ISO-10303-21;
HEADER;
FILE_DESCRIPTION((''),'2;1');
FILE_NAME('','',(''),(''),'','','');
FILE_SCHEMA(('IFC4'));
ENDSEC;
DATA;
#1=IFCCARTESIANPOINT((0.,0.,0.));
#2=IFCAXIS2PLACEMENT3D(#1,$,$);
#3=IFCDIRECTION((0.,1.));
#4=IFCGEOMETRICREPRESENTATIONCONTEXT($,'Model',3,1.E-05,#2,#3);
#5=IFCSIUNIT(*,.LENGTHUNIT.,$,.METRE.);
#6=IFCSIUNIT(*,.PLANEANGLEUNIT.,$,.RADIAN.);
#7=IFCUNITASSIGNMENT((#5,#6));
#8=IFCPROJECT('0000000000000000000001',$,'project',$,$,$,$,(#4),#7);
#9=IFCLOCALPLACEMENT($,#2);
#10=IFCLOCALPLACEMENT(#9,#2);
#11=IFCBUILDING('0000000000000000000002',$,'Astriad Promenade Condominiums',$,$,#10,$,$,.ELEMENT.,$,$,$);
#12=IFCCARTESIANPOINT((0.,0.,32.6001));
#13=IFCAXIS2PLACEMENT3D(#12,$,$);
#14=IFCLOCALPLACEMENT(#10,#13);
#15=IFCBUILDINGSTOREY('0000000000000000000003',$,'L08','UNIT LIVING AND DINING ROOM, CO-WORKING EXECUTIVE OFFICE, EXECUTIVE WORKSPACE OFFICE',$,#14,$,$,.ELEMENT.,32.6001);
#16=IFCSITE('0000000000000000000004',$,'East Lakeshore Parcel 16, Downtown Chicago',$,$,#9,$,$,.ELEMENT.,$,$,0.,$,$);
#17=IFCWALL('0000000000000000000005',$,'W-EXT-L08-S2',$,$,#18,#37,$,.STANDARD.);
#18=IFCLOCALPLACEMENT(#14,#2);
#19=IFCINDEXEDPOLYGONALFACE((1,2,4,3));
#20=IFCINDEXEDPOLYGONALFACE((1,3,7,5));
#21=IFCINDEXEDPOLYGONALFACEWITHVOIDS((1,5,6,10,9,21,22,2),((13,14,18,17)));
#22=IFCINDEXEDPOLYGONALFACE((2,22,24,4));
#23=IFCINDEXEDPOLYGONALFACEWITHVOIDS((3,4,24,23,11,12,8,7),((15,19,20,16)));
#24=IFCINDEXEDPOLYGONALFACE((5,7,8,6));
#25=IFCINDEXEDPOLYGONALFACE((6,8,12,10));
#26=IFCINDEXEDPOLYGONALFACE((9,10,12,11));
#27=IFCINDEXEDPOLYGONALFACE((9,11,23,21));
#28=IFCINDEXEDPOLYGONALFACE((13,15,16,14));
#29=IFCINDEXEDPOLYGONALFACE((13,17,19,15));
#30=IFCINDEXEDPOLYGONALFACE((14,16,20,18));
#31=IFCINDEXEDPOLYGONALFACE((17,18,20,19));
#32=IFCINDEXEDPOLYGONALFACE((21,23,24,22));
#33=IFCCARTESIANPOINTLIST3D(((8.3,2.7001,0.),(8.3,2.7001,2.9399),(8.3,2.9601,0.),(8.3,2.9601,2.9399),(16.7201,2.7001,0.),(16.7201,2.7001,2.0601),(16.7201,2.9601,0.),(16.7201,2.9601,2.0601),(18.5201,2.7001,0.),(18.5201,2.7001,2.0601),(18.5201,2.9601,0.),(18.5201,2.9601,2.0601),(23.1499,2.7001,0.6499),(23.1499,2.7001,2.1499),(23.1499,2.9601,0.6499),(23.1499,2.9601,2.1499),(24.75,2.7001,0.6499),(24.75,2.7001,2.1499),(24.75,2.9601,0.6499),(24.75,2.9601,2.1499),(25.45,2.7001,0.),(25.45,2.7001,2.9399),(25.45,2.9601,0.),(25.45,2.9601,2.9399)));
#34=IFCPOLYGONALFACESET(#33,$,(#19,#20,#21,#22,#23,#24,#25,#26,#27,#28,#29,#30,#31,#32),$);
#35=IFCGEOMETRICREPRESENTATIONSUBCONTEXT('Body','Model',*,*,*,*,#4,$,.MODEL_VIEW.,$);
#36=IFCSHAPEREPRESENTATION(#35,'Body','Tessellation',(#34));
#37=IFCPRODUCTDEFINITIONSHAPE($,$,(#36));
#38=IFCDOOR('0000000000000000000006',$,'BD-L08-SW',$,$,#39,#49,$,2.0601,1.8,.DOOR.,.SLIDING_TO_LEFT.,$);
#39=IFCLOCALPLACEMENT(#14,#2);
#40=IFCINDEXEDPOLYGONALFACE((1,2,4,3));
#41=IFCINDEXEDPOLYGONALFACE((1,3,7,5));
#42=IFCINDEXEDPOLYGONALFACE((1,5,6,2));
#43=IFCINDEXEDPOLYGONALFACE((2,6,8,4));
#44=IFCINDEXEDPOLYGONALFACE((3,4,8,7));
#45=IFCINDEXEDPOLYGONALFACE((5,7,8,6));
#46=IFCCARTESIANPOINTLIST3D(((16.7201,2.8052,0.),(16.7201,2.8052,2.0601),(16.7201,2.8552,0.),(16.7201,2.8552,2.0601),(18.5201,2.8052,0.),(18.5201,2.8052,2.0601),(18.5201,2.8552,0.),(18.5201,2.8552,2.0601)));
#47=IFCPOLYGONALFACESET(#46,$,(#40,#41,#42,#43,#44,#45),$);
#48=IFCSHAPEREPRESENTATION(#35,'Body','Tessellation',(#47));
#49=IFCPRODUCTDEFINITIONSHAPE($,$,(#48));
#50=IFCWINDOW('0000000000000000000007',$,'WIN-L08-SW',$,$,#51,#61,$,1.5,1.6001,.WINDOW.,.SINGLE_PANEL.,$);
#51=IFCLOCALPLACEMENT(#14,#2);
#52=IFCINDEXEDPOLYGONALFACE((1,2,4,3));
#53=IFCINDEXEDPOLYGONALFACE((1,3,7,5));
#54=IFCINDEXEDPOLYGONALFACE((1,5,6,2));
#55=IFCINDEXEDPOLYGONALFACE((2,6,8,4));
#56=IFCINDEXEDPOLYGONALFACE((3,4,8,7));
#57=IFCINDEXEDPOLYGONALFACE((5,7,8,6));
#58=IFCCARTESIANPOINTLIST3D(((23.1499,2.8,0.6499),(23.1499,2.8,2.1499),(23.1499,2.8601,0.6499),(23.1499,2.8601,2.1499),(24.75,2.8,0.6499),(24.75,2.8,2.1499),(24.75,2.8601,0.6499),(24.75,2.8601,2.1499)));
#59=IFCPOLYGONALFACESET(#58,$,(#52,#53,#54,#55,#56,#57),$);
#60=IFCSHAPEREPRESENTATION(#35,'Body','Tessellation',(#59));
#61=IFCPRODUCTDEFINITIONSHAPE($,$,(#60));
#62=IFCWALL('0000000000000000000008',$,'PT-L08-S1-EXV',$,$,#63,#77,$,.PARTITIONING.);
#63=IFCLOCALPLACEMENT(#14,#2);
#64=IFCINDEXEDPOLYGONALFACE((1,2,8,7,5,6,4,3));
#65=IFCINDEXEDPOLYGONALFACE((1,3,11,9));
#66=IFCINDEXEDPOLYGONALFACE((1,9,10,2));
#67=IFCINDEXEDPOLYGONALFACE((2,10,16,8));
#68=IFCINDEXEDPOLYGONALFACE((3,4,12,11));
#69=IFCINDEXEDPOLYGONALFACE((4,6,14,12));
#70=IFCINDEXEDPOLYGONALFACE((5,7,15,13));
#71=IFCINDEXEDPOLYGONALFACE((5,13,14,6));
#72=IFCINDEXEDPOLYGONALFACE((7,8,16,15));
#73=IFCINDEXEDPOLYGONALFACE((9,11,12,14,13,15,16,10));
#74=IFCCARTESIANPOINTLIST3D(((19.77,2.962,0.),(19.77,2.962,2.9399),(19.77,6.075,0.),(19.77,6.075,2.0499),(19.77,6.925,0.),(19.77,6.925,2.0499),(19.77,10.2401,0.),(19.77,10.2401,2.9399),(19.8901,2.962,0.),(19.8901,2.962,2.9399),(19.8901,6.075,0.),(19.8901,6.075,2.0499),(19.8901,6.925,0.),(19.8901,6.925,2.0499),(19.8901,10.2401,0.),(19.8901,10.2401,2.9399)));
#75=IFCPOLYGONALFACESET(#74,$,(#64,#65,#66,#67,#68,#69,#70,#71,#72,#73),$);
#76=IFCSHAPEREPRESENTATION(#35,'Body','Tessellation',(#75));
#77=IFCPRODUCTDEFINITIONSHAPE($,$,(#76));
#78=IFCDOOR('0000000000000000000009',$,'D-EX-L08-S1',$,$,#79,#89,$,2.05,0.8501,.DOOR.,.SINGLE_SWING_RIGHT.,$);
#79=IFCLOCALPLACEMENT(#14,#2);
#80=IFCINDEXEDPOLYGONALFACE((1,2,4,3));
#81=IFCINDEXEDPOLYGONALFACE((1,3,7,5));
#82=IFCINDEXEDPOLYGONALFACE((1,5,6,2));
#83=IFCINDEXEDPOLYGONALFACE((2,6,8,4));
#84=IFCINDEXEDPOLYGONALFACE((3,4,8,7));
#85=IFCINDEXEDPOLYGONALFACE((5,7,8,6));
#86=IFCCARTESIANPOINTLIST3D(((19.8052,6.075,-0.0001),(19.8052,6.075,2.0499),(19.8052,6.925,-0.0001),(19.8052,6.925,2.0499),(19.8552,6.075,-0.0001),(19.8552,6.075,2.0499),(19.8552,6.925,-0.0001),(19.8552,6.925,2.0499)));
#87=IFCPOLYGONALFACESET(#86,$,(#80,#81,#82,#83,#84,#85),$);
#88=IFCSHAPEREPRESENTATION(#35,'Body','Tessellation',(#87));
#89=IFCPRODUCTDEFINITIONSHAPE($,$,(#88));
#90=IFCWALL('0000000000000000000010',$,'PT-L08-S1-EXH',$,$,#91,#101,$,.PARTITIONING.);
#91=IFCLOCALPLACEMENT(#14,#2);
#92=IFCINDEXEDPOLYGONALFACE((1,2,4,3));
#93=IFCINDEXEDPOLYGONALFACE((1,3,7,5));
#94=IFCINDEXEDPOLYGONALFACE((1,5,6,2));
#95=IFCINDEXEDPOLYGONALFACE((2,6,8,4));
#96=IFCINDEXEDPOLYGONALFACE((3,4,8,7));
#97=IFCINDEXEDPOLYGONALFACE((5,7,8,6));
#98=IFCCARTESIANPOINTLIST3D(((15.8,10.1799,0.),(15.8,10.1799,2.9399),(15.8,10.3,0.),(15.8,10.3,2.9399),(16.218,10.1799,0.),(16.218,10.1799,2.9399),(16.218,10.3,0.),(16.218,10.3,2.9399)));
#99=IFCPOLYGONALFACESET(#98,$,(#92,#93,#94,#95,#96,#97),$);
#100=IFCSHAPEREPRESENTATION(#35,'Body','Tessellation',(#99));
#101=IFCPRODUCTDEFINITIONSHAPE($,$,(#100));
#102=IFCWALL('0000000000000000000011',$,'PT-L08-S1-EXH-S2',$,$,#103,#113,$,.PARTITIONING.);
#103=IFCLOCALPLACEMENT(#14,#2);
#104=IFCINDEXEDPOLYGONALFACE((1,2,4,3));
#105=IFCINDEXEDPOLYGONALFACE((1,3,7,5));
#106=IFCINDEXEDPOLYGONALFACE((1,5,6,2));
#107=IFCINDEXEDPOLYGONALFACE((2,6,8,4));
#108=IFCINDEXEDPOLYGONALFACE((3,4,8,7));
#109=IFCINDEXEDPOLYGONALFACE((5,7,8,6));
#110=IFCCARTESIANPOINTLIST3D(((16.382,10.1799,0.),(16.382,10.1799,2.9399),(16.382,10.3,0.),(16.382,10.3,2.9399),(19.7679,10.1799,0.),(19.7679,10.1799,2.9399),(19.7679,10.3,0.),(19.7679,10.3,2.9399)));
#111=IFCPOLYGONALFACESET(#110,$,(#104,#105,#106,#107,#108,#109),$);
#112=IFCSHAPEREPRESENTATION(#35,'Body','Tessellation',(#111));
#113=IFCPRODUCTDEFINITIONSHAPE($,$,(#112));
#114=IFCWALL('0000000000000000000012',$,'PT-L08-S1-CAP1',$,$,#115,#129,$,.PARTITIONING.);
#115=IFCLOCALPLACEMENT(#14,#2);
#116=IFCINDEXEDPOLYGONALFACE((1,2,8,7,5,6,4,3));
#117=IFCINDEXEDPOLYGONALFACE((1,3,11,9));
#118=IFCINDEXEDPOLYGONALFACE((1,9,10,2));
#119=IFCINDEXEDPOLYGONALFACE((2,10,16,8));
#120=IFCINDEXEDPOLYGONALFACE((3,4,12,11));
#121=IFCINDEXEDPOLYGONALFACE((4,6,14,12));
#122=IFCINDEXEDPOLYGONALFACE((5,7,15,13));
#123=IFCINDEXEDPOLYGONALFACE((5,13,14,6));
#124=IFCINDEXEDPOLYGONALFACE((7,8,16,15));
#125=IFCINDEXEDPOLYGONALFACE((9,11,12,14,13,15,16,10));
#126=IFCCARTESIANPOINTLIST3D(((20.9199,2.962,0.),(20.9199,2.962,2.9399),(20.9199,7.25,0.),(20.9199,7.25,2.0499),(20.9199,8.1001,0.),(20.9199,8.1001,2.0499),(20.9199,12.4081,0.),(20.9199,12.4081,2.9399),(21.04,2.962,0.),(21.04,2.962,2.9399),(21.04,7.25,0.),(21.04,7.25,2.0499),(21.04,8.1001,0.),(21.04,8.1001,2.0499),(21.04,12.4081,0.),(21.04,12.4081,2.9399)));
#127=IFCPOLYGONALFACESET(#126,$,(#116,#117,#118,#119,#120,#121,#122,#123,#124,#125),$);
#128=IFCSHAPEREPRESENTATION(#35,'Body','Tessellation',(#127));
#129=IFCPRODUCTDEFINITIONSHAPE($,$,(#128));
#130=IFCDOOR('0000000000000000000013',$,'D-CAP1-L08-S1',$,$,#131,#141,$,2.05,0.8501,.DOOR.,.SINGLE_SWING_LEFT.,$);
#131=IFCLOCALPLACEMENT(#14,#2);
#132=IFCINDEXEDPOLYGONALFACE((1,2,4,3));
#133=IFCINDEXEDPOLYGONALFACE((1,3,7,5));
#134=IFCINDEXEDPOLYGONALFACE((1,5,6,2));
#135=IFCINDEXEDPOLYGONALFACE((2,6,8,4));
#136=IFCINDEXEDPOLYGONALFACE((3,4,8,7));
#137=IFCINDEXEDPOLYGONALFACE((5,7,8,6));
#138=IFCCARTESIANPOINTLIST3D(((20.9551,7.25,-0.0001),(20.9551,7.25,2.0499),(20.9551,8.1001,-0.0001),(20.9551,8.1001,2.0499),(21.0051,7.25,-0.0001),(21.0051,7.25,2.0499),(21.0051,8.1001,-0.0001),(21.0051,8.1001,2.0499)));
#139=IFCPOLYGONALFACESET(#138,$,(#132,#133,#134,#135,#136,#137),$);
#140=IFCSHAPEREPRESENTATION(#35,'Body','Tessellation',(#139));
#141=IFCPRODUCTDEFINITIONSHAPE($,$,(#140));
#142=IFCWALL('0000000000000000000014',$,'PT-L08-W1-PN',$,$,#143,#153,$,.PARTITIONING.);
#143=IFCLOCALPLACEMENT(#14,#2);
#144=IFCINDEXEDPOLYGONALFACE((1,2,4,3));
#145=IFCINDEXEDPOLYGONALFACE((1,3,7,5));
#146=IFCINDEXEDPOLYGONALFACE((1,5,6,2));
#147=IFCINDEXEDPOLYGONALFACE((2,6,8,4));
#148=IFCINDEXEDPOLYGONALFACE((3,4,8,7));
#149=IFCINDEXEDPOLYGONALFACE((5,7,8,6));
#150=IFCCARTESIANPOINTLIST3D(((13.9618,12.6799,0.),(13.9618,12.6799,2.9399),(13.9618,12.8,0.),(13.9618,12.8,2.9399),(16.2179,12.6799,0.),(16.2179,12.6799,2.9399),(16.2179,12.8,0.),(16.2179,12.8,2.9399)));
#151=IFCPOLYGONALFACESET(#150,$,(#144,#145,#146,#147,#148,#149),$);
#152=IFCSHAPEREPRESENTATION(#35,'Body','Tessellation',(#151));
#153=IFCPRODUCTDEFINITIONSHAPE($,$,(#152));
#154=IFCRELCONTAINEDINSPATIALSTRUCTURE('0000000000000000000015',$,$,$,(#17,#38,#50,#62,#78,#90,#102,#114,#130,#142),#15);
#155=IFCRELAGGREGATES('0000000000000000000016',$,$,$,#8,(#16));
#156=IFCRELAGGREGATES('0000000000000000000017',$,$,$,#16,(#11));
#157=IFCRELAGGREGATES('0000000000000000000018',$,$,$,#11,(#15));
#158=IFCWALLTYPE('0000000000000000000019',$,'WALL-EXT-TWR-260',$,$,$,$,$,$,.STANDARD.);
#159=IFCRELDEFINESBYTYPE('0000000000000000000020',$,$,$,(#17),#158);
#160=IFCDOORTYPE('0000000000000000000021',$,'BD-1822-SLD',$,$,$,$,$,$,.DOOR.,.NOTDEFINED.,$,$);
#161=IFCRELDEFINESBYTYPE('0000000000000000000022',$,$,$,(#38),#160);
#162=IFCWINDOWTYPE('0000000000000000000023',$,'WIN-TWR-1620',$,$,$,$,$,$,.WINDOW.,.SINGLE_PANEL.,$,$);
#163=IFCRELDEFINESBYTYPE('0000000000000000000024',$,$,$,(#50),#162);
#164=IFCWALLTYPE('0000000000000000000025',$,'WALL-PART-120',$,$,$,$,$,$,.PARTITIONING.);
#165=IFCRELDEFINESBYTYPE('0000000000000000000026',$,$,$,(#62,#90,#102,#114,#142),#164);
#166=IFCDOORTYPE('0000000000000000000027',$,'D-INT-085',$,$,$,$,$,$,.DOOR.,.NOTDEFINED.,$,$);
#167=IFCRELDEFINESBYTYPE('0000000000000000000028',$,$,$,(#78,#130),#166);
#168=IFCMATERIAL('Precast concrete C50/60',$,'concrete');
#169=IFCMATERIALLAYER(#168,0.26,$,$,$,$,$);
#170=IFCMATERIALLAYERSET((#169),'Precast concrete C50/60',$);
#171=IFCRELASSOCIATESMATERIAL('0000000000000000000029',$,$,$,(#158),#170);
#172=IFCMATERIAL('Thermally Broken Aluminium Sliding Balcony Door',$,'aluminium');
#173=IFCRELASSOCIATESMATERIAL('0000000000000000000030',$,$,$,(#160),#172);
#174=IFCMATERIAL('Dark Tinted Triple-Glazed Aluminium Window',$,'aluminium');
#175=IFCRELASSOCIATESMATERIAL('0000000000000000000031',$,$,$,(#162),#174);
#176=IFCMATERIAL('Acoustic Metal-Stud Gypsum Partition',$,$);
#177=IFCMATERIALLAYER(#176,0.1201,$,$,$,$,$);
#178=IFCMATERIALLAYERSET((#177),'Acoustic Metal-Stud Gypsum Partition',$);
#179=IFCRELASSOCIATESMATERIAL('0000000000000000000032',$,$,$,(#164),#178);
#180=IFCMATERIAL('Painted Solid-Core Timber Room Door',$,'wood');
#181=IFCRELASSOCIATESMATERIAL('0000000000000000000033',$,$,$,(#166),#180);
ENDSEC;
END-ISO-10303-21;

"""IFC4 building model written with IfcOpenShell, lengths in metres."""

from ifc_helpers import new_model, si_unit, direction, frame, frame_2d, origin, place, context, subcontext, project, spatial, rectangle, extrude, source, transform, mapped, material, layer, layer_set, type_object, type_shapes, element, fill, save


model = new_model("IFC4")

# Units and contexts
model_context = context("Model", 3, precision=1e-05, world=origin(), true_north=direction((0.0, 1.0)))
body_context = subcontext(model_context, "Body", "Model", "MODEL_VIEW")
ifc_project = project(units=[si_unit("LENGTHUNIT", "METRE"), si_unit("PLANEANGLEUNIT", "RADIAN")], contexts=[model_context])

# Site, building, storey
site_placement = place(None, origin())
site = spatial("IfcSite", under=ifc_project, at=site_placement, Name="East Lakeshore Parcel 16, Downtown Chicago", CompositionType="ELEMENT", RefElevation=0.0)
building_placement = place(site_placement, origin())
building = spatial("IfcBuilding", under=site, at=building_placement, Name="Astriad Promenade Condominiums", CompositionType="ELEMENT")
storey_placement = place(building_placement, frame((0.0, 0.0, 32.6001)))
storey = spatial("IfcBuildingStorey", under=building, at=storey_placement, Name="L08", Description="UNIT LIVING AND DINING ROOM, CO-WORKING EXECUTIVE OFFICE, EXECUTIVE WORKSPACE OFFICE", CompositionType="ELEMENT", Elevation=32.6001)

# Wall, openings, door, window
ifc_material_1 = material(Name="Precast concrete C50/60", Category="concrete")
ifc_layer_1 = layer(ifc_material_1, 0.26)
ifc_layer_set_1 = layer_set([ifc_layer_1], Name="Precast concrete C50/60")
wall_type_1 = type_object("IfcWallType", Name="WALL-EXT-TWR-260", PredefinedType="STANDARD", material=ifc_layer_set_1)
wall_1_placement = place(storey_placement, frame((25.45, 2.8301, 0.0), z_axis=(0.0, 0.0, 1.0), x_axis=(-1.0, 0.0, 0.0)))
wall_1 = element("IfcWall", 1, at=wall_1_placement, inside=storey, type_object=wall_type_1, Name="W-EXT-L08-S2", PredefinedType="STANDARD", context=body_context, shape_type="SweptSolid", body=[
    extrude(rectangle(XDim=17.1499, YDim=0.26, at=frame_2d((8.575, 0.0))), origin(), (0.0, 0.0, 1.0), 2.9399),
])
opening_1_placement = place(wall_1_placement, frame((6.9299, 0.0, 0.0)))
opening_1 = element("IfcOpeningElement", 2, at=opening_1_placement, cuts=wall_1, PredefinedType="OPENING", context=body_context, shape_type="SweptSolid", body=[
    extrude(rectangle(XDim=1.8, YDim=2.0601, at=frame_2d((0.8999, 1.03))), frame((0.0, 0.1399, 0.0), z_axis=(0.0, -1.0, 0.0), x_axis=(1.0, 0.0, 0.0)), (0.0, 0.0, 1.0), 0.28),
])
opening_2_placement = place(wall_1_placement, frame((0.7, 0.0, 0.6499)))
opening_2 = element("IfcOpeningElement", 3, at=opening_2_placement, cuts=wall_1, PredefinedType="OPENING", context=body_context, shape_type="SweptSolid", body=[
    extrude(rectangle(XDim=1.6001, YDim=1.5, at=frame_2d((0.8, 0.75))), frame((0.0, 0.1399, 0.0), z_axis=(0.0, -1.0, 0.0), x_axis=(1.0, 0.0, 0.0)), (0.0, 0.0, 1.0), 0.28),
])
ifc_material_2 = material(Name="Thermally Broken Aluminium Sliding Balcony Door", Category="aluminium")
door_type_1 = type_object("IfcDoorType", Name="BD-1822-SLD", OperationType="NOTDEFINED", PredefinedType="DOOR", material=ifc_material_2)
shared_shape_1 = source(origin(), body_context, "Body", "SweptSolid", [
    extrude(rectangle(XDim=1.8, YDim=2.0601, at=frame_2d((0.8999, 1.03))), frame((0.0, 0.0249, 0.0), z_axis=(0.0, -1.0, 0.0), x_axis=(1.0, 0.0, 0.0)), (0.0, 0.0, 1.0), 0.05),
])
type_shapes(door_type_1, [shared_shape_1])
door_1_placement = place(opening_1_placement, origin())
door_1 = element("IfcDoor", 4, at=door_1_placement, inside=storey, type_object=door_type_1, Name="BD-L08-SW", OperationType="SLIDING_TO_LEFT", OverallHeight=2.0601, OverallWidth=1.8, PredefinedType="DOOR", context=body_context, shape_type="MappedRepresentation", body=[
    mapped(shared_shape_1, transform((0.0, 0.0, 0.0), scale=1.0)),
])
fill(opening_1, door_1)
ifc_material_3 = material(Name="Dark Tinted Triple-Glazed Aluminium Window", Category="aluminium")
window_type = type_object("IfcWindowType", Name="WIN-TWR-1620", PartitioningType="SINGLE_PANEL", PredefinedType="WINDOW", material=ifc_material_3)
shared_shape_2 = source(origin(), body_context, "Body", "SweptSolid", [
    extrude(rectangle(XDim=1.6001, YDim=1.5, at=frame_2d((0.8, 0.75))), frame((0.0, 0.03, 0.0), z_axis=(0.0, -1.0, 0.0), x_axis=(1.0, 0.0, 0.0)), (0.0, 0.0, 1.0), 0.0601),
])
type_shapes(window_type, [shared_shape_2])
window_placement = place(opening_2_placement, origin())
window = element("IfcWindow", 5, at=window_placement, inside=storey, type_object=window_type, Name="WIN-L08-SW", OverallHeight=1.5, OverallWidth=1.6001, PartitioningType="SINGLE_PANEL", PredefinedType="WINDOW", context=body_context, shape_type="MappedRepresentation", body=[
    mapped(shared_shape_2, transform((0.0, 0.0, 0.0), scale=1.0)),
])
fill(opening_2, window)

# Wall, opening, door
ifc_material_4 = material(Name="Acoustic Metal-Stud Gypsum Partition")
ifc_layer_2 = layer(ifc_material_4, 0.1201)
ifc_layer_set_2 = layer_set([ifc_layer_2], Name="Acoustic Metal-Stud Gypsum Partition")
wall_type_2 = type_object("IfcWallType", Name="WALL-PART-120", PredefinedType="PARTITIONING", material=ifc_layer_set_2)
wall_2_placement = place(storey_placement, frame((19.8301, 2.9619, 0.0), z_axis=(0.0, 0.0, 1.0), x_axis=(0.0, 1.0, 0.0)))
wall_2 = element("IfcWall", 6, at=wall_2_placement, inside=storey, type_object=wall_type_2, Name="PT-L08-S1-EXV", PredefinedType="PARTITIONING", context=body_context, shape_type="SweptSolid", body=[
    extrude(rectangle(XDim=7.2781, YDim=0.1201, at=frame_2d((3.6392, 0.0))), origin(), (0.0, 0.0, 1.0), 2.9399),
])
opening_3_placement = place(wall_2_placement, frame((3.113, 0.0, 0.0)))
opening_3 = element("IfcOpeningElement", 7, at=opening_3_placement, cuts=wall_2, PredefinedType="OPENING", context=body_context, shape_type="SweptSolid", body=[
    extrude(rectangle(XDim=0.8501, YDim=2.05, at=frame_2d((0.425, 1.0249))), frame((0.0, 0.0701, 0.0), z_axis=(0.0, -1.0, 0.0), x_axis=(1.0, 0.0, 0.0)), (0.0, 0.0, 1.0), 0.1401),
])
ifc_material_5 = material(Name="Painted Solid-Core Timber Room Door", Category="wood")
door_type_2 = type_object("IfcDoorType", Name="D-INT-085", OperationType="NOTDEFINED", PredefinedType="DOOR", material=ifc_material_5)
shared_shape_3 = source(origin(), body_context, "Body", "SweptSolid", [
    extrude(rectangle(XDim=0.8501, YDim=2.05, at=frame_2d((0.425, 1.0249))), frame((0.0, 0.0249, 0.0), z_axis=(0.0, -1.0, 0.0), x_axis=(1.0, 0.0, 0.0)), (0.0, 0.0, 1.0), 0.05),
])
type_shapes(door_type_2, [shared_shape_3])
door_2_placement = place(opening_3_placement, origin())
door_2 = element("IfcDoor", 8, at=door_2_placement, inside=storey, type_object=door_type_2, Name="D-EX-L08-S1", OperationType="SINGLE_SWING_RIGHT", OverallHeight=2.05, OverallWidth=0.8501, PredefinedType="DOOR", context=body_context, shape_type="MappedRepresentation", body=[
    mapped(shared_shape_3, transform((0.0, 0.0, 0.0), scale=1.0)),
])
fill(opening_3, door_2)

# Walls
wall_3_placement = place(storey_placement, frame((15.8, 10.24, 0.0), z_axis=(0.0, 0.0, 1.0), x_axis=(1.0, 0.0, 0.0)))
element("IfcWall", 9, at=wall_3_placement, inside=storey, type_object=wall_type_2, Name="PT-L08-S1-EXH", PredefinedType="PARTITIONING", context=body_context, shape_type="SweptSolid", body=[
    extrude(rectangle(XDim=0.418, YDim=0.1201, at=frame_2d((0.209, 0.0))), origin(), (0.0, 0.0, 1.0), 2.9399),
])
wall_4_placement = place(storey_placement, frame((16.3821, 10.24, 0.0), z_axis=(0.0, 0.0, 1.0), x_axis=(1.0, 0.0, 0.0)))
element("IfcWall", 10, at=wall_4_placement, inside=storey, type_object=wall_type_2, Name="PT-L08-S1-EXH-S2", PredefinedType="PARTITIONING", context=body_context, shape_type="SweptSolid", body=[
    extrude(rectangle(XDim=3.386, YDim=0.1201, at=frame_2d((1.6929, 0.0))), origin(), (0.0, 0.0, 1.0), 2.9399),
])

# Wall, opening, door
wall_5_placement = place(storey_placement, frame((20.98, 2.9619, 0.0), z_axis=(0.0, 0.0, 1.0), x_axis=(0.0, 1.0, 0.0)))
wall_5 = element("IfcWall", 11, at=wall_5_placement, inside=storey, type_object=wall_type_2, Name="PT-L08-S1-CAP1", PredefinedType="PARTITIONING", context=body_context, shape_type="SweptSolid", body=[
    extrude(rectangle(XDim=9.446, YDim=0.1201, at=frame_2d((4.7231, 0.0))), origin(), (0.0, 0.0, 1.0), 2.9399),
])
opening_4_placement = place(wall_5_placement, frame((4.2881, 0.0, 0.0)))
opening_4 = element("IfcOpeningElement", 12, at=opening_4_placement, cuts=wall_5, PredefinedType="OPENING", context=body_context, shape_type="SweptSolid", body=[
    extrude(rectangle(XDim=0.8501, YDim=2.05, at=frame_2d((0.425, 1.0249))), frame((0.0, 0.0701, 0.0), z_axis=(0.0, -1.0, 0.0), x_axis=(1.0, 0.0, 0.0)), (0.0, 0.0, 1.0), 0.1401),
])
door_3_placement = place(opening_4_placement, origin())
door_3 = element("IfcDoor", 13, at=door_3_placement, inside=storey, type_object=door_type_2, Name="D-CAP1-L08-S1", OperationType="SINGLE_SWING_LEFT", OverallHeight=2.05, OverallWidth=0.8501, PredefinedType="DOOR", context=body_context, shape_type="MappedRepresentation", body=[
    mapped(shared_shape_3, transform((0.0, 0.0, 0.0), scale=1.0)),
])
fill(opening_4, door_3)

# Wall
wall_6_placement = place(storey_placement, frame((13.9619, 12.74, 0.0), z_axis=(0.0, 0.0, 1.0), x_axis=(1.0, 0.0, 0.0)))
element("IfcWall", 14, at=wall_6_placement, inside=storey, type_object=wall_type_2, Name="PT-L08-W1-PN", PredefinedType="PARTITIONING", context=body_context, shape_type="SweptSolid", body=[
    extrude(rectangle(XDim=2.2561, YDim=0.1201, at=frame_2d((1.1279, 0.0))), origin(), (0.0, 0.0, 1.0), 2.9399),
])

save(model, "model.ifc")
